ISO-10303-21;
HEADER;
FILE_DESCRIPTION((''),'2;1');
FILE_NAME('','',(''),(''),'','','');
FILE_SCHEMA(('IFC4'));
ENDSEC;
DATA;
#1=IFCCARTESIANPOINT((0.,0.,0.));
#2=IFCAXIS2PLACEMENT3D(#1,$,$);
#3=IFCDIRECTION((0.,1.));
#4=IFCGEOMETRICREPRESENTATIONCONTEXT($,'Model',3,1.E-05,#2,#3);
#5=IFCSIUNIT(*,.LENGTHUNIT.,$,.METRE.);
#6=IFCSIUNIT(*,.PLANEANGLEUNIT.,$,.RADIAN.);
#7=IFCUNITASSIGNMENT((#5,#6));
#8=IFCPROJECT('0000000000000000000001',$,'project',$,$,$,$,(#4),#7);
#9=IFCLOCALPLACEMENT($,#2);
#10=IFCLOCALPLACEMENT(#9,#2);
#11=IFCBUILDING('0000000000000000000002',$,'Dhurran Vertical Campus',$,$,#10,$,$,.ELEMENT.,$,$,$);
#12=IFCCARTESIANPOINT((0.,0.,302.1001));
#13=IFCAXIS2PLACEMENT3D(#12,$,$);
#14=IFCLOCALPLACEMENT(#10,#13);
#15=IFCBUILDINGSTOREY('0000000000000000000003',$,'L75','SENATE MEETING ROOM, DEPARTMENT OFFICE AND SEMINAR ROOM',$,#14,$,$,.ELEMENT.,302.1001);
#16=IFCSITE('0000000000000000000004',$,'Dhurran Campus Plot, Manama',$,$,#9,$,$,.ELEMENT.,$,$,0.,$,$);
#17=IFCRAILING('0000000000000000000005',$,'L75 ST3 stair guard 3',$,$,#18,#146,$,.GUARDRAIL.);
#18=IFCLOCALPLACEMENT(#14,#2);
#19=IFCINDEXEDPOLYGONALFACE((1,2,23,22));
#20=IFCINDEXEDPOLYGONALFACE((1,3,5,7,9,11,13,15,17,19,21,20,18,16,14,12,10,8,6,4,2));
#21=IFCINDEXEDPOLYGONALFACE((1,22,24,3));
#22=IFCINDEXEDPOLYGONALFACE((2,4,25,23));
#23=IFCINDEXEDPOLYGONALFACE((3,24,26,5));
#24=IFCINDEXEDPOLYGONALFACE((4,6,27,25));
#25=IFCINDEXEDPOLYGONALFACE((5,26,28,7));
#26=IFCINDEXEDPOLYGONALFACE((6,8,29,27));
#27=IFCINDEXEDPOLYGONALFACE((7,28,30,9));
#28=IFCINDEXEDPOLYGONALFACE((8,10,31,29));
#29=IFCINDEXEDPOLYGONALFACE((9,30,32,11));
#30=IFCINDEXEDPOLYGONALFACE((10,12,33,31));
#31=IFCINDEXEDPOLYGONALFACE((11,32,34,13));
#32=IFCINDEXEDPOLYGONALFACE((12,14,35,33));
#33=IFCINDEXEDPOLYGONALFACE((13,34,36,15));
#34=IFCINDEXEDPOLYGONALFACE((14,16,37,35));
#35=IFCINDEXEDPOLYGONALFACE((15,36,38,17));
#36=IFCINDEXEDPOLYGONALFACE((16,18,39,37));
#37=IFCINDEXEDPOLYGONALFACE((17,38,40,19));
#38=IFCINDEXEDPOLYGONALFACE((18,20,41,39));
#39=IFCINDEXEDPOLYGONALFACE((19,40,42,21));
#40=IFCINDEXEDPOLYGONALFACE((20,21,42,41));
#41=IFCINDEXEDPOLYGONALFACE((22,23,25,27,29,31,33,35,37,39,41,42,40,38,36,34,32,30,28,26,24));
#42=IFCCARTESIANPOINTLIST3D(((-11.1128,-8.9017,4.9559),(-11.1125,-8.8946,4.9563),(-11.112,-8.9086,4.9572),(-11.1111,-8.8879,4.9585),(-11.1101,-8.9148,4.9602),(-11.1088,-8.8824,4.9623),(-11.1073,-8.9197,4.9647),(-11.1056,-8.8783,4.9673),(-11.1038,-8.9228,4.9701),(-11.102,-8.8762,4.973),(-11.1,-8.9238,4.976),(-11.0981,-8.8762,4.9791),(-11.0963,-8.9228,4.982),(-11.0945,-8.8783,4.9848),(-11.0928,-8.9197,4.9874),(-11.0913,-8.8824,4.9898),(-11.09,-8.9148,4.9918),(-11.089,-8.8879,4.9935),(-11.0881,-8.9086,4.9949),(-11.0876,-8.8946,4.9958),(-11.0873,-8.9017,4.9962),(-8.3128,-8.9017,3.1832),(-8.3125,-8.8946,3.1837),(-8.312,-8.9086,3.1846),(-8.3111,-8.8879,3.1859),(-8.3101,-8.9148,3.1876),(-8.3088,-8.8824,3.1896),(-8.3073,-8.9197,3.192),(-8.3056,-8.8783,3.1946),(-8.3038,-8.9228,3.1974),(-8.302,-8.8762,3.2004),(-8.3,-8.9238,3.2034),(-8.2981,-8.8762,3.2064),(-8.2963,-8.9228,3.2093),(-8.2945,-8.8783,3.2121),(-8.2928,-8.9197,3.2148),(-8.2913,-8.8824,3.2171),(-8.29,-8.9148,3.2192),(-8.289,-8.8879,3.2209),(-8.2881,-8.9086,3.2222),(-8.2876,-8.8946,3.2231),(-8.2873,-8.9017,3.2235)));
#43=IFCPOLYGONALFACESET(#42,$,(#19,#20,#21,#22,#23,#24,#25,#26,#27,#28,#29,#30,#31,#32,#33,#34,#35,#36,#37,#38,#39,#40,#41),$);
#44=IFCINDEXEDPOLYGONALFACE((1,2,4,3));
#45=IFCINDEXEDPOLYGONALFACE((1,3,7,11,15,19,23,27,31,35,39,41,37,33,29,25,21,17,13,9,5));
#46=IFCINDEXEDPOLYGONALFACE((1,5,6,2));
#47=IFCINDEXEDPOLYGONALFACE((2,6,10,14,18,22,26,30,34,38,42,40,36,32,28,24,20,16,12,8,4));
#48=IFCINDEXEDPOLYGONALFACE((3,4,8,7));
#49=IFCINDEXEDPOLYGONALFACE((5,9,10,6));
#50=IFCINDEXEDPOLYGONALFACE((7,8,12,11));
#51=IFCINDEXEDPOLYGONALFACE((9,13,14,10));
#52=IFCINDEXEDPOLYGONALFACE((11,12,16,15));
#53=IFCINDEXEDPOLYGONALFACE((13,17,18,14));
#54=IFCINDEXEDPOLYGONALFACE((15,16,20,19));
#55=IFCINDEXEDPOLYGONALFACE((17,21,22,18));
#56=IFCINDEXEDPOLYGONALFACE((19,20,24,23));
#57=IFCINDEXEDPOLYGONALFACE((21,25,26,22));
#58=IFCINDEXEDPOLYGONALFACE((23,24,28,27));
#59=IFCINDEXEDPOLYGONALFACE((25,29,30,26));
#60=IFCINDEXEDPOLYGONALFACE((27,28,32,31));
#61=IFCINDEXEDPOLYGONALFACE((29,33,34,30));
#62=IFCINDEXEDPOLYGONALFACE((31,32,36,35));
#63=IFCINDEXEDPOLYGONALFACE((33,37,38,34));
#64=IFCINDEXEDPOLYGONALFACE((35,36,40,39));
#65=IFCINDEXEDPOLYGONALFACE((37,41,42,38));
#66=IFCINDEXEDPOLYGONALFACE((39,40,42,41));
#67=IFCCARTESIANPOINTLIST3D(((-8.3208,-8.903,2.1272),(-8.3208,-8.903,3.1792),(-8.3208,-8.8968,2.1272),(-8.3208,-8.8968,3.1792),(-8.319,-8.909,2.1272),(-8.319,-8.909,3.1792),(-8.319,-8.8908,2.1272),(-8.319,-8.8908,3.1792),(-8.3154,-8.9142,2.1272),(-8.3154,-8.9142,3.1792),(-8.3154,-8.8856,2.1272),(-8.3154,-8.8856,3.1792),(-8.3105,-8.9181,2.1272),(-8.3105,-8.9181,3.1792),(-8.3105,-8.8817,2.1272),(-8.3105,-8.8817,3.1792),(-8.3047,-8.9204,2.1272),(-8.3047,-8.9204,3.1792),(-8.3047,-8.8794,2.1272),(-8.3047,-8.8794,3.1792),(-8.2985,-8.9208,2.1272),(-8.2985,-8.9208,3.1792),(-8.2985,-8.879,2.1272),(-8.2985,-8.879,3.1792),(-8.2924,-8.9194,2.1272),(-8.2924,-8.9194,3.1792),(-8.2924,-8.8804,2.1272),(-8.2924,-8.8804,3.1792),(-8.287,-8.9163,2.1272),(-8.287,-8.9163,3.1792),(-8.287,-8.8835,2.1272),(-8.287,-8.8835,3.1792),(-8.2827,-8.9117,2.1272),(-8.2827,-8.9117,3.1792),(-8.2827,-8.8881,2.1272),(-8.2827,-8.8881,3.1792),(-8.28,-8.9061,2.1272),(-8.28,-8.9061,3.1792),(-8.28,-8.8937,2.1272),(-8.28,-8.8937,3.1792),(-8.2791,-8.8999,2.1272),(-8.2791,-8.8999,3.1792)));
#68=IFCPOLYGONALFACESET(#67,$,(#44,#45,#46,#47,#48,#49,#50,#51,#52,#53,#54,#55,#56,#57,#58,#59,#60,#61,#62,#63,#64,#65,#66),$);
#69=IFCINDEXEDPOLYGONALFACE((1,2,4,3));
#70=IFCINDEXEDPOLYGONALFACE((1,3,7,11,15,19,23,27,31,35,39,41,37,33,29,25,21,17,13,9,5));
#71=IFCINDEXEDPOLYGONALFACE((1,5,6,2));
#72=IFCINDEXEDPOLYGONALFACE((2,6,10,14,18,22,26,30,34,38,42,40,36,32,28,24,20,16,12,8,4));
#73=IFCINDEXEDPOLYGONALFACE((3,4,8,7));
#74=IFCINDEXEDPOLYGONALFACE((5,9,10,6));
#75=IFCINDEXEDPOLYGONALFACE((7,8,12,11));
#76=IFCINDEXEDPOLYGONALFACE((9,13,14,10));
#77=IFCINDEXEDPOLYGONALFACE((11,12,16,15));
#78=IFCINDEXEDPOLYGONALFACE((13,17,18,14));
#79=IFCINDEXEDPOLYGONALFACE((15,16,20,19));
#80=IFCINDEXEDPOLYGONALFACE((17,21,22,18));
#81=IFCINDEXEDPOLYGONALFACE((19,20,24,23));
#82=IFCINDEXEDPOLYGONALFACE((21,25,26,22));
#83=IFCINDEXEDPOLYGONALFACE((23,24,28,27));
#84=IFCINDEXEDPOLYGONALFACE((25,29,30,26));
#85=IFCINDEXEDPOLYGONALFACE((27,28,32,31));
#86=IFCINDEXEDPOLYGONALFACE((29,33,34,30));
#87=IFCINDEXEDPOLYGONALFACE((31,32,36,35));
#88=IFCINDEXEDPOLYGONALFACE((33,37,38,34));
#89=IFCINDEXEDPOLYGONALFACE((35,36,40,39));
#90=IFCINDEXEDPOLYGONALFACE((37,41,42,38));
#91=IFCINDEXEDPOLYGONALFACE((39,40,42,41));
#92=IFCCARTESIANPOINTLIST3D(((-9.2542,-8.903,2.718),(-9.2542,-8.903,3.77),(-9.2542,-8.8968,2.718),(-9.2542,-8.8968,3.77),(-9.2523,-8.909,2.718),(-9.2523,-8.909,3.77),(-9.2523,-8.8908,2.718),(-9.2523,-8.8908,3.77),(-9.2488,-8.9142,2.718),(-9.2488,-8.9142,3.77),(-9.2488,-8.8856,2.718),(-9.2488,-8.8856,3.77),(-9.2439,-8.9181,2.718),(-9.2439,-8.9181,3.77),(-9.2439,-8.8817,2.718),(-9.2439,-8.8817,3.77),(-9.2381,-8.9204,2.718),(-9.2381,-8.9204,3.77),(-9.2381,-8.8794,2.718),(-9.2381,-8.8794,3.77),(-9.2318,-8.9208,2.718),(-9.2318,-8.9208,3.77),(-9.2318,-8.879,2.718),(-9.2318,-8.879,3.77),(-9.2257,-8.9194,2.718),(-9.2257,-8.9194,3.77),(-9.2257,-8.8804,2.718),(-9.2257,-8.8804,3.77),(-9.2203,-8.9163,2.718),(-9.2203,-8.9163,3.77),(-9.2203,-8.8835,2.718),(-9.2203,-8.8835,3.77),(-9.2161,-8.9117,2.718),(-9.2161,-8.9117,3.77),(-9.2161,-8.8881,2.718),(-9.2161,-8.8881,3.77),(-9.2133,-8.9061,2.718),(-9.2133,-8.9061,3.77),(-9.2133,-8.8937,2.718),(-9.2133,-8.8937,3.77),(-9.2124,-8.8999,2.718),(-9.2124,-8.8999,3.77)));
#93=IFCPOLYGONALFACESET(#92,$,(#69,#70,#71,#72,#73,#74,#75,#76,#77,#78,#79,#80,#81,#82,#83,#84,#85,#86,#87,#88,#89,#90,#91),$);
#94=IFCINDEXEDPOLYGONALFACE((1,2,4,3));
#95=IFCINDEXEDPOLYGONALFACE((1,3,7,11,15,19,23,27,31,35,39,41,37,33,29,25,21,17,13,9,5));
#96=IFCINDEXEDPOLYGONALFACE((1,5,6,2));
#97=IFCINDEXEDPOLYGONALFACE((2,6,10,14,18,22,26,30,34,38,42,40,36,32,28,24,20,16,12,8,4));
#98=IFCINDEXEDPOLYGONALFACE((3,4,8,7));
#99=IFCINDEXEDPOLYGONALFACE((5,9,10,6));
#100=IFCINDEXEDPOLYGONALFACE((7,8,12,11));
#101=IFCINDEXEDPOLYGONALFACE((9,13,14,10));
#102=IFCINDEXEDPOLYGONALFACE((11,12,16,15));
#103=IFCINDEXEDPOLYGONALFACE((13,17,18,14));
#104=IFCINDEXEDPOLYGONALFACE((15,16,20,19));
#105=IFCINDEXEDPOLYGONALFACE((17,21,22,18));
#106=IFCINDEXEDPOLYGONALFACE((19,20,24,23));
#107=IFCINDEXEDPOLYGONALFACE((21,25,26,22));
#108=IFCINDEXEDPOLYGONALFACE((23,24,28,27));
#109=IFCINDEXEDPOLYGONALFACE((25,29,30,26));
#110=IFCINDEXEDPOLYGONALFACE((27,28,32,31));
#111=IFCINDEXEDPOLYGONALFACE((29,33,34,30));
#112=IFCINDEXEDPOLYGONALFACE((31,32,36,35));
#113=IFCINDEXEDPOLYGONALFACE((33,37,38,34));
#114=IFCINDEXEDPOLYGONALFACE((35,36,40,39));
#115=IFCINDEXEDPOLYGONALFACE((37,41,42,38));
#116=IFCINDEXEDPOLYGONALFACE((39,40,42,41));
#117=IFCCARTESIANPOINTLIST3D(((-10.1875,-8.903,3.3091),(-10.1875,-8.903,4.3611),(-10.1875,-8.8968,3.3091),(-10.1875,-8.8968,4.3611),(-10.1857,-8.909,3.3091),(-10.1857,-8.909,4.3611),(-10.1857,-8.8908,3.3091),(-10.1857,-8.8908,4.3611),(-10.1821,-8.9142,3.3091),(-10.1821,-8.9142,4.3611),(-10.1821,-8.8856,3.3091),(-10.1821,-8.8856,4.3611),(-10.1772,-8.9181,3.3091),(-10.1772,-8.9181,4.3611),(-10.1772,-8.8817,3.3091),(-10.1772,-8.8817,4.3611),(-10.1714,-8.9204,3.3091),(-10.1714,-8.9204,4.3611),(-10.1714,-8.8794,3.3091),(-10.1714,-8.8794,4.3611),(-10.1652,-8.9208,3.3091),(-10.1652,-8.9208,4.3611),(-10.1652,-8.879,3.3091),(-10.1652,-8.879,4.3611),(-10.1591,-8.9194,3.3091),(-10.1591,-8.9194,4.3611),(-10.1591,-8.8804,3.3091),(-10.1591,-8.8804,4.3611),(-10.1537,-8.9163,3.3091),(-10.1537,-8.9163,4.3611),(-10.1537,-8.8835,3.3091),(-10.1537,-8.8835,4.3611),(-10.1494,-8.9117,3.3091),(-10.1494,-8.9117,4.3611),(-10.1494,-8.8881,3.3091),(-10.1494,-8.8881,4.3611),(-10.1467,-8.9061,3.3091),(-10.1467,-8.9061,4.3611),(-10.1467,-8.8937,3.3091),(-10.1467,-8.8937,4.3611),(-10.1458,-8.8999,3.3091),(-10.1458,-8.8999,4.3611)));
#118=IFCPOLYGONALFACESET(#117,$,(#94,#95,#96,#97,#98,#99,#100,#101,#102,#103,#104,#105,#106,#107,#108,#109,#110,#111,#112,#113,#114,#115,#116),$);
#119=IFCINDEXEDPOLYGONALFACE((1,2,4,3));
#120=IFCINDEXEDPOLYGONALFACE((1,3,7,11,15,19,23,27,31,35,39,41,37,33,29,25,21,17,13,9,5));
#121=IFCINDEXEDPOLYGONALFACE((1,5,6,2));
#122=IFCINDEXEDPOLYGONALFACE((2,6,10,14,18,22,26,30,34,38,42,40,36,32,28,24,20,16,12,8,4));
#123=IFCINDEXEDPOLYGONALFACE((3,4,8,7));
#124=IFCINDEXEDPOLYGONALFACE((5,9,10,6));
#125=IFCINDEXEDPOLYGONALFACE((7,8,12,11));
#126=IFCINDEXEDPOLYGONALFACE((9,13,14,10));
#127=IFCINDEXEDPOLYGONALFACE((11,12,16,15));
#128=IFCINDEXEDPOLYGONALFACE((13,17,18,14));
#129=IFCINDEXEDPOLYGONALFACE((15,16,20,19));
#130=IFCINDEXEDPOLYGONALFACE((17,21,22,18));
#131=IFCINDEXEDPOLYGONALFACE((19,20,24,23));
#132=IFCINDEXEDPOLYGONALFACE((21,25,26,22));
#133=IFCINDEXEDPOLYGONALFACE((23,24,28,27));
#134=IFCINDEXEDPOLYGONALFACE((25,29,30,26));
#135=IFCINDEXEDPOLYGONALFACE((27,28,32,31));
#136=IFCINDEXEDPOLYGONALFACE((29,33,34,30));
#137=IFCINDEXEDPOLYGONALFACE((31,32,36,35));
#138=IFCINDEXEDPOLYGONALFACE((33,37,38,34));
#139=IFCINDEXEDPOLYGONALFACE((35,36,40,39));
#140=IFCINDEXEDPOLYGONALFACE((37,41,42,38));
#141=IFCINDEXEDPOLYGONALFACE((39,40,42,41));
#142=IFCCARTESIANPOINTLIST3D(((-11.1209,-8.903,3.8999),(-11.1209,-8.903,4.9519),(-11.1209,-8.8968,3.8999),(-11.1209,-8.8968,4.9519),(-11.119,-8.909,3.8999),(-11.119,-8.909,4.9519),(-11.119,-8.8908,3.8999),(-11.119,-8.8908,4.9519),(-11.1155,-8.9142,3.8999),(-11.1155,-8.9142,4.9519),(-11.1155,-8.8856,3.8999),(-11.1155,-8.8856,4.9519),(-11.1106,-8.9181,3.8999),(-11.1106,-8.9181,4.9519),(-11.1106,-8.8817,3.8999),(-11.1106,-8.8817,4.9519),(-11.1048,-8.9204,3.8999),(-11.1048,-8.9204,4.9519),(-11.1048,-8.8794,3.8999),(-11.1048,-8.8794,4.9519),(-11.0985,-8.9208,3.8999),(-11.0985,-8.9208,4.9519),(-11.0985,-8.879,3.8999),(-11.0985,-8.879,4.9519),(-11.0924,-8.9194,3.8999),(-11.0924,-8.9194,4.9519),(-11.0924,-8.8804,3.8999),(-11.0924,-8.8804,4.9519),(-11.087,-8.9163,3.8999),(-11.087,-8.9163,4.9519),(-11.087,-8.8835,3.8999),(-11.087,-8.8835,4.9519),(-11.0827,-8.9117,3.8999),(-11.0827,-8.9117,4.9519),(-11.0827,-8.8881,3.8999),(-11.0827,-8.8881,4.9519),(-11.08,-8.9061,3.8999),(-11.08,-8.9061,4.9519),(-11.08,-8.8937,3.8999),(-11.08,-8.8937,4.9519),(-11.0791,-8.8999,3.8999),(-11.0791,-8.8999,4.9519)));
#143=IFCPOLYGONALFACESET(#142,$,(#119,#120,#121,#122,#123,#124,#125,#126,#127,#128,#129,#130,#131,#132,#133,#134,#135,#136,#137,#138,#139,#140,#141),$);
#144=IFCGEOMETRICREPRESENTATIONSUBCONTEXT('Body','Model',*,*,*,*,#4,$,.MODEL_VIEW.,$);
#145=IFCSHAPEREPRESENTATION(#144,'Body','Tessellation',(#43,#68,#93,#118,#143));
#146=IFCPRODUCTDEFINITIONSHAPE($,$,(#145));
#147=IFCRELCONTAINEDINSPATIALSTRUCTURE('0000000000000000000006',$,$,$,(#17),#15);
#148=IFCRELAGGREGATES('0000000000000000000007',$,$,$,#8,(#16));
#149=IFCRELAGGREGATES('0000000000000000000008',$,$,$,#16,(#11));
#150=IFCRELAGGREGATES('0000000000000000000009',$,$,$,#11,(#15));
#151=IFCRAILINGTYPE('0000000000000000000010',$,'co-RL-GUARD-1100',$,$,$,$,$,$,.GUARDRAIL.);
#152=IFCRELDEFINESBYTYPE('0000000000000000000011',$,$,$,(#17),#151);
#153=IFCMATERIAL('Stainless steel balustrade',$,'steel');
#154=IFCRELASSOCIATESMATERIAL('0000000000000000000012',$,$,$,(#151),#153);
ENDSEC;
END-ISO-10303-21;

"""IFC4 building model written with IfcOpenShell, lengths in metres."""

from ifc_helpers import new_model, si_unit, direction, frame, origin, origin_2d, place, context, subcontext, project, spatial, circle, extrude, material, type_object, element, save


model = new_model("IFC4")

# Units and contexts
model_context = context("Model", 3, precision=1e-05, world=origin(), true_north=direction((0.0, 1.0)))
body_context = subcontext(model_context, "Body", "Model", "MODEL_VIEW")
ifc_project = project(units=[si_unit("LENGTHUNIT", "METRE"), si_unit("PLANEANGLEUNIT", "RADIAN")], contexts=[model_context])

# Site, building, storey
site_placement = place(None, origin())
site = spatial("IfcSite", under=ifc_project, at=site_placement, Name="Dhurran Campus Plot, Manama", CompositionType="ELEMENT", RefElevation=0.0)
building_placement = place(site_placement, origin())
building = spatial("IfcBuilding", under=site, at=building_placement, Name="Dhurran Vertical Campus", CompositionType="ELEMENT")
storey_placement = place(building_placement, frame((0.0, 0.0, 302.1001)))
storey = spatial("IfcBuildingStorey", under=building, at=storey_placement, Name="L75", Description="SENATE MEETING ROOM, DEPARTMENT OFFICE AND SEMINAR ROOM", CompositionType="ELEMENT", Elevation=302.1001)

# Railing
ifc_material_1 = material(Name="Stainless steel balustrade", Category="steel")
railing_type_1 = type_object("IfcRailingType", Name="co-RL-GUARD-1100", PredefinedType="GUARDRAIL", material=ifc_material_1)
railing_1_placement = place(storey_placement, frame((-8.3, -8.8999, 2.1272)))
element("IfcRailing", 1, at=railing_1_placement, inside=storey, type_object=railing_type_1, Name="L75 ST3 stair guard 3", PredefinedType="GUARDRAIL", context=body_context, shape_type="SweptSolid", body=[
    extrude(circle(Radius=0.0239, at=origin_2d()), frame((0.0, 0.0, 1.0762), z_axis=(-0.844909, 0.0, 0.53491), x_axis=(0.0, -1.0, 0.0)), (0.0, 0.0, 1.0), 3.314),
    extrude(circle(Radius=0.021, at=origin_2d()), origin(), (0.0, 0.0, 1.0), 1.052),
    extrude(circle(Radius=0.021, at=origin_2d()), frame((-0.9333, 0.0, 0.5908)), (0.0, 0.0, 1.0), 1.052),
    extrude(circle(Radius=0.021, at=origin_2d()), frame((-1.8667, 0.0, 1.1819)), (0.0, 0.0, 1.0), 1.052),
    extrude(circle(Radius=0.021, at=origin_2d()), frame((-2.8, 0.0, 1.7727)), (0.0, 0.0, 1.0), 1.052),
])

save(model, "model.ifc")
